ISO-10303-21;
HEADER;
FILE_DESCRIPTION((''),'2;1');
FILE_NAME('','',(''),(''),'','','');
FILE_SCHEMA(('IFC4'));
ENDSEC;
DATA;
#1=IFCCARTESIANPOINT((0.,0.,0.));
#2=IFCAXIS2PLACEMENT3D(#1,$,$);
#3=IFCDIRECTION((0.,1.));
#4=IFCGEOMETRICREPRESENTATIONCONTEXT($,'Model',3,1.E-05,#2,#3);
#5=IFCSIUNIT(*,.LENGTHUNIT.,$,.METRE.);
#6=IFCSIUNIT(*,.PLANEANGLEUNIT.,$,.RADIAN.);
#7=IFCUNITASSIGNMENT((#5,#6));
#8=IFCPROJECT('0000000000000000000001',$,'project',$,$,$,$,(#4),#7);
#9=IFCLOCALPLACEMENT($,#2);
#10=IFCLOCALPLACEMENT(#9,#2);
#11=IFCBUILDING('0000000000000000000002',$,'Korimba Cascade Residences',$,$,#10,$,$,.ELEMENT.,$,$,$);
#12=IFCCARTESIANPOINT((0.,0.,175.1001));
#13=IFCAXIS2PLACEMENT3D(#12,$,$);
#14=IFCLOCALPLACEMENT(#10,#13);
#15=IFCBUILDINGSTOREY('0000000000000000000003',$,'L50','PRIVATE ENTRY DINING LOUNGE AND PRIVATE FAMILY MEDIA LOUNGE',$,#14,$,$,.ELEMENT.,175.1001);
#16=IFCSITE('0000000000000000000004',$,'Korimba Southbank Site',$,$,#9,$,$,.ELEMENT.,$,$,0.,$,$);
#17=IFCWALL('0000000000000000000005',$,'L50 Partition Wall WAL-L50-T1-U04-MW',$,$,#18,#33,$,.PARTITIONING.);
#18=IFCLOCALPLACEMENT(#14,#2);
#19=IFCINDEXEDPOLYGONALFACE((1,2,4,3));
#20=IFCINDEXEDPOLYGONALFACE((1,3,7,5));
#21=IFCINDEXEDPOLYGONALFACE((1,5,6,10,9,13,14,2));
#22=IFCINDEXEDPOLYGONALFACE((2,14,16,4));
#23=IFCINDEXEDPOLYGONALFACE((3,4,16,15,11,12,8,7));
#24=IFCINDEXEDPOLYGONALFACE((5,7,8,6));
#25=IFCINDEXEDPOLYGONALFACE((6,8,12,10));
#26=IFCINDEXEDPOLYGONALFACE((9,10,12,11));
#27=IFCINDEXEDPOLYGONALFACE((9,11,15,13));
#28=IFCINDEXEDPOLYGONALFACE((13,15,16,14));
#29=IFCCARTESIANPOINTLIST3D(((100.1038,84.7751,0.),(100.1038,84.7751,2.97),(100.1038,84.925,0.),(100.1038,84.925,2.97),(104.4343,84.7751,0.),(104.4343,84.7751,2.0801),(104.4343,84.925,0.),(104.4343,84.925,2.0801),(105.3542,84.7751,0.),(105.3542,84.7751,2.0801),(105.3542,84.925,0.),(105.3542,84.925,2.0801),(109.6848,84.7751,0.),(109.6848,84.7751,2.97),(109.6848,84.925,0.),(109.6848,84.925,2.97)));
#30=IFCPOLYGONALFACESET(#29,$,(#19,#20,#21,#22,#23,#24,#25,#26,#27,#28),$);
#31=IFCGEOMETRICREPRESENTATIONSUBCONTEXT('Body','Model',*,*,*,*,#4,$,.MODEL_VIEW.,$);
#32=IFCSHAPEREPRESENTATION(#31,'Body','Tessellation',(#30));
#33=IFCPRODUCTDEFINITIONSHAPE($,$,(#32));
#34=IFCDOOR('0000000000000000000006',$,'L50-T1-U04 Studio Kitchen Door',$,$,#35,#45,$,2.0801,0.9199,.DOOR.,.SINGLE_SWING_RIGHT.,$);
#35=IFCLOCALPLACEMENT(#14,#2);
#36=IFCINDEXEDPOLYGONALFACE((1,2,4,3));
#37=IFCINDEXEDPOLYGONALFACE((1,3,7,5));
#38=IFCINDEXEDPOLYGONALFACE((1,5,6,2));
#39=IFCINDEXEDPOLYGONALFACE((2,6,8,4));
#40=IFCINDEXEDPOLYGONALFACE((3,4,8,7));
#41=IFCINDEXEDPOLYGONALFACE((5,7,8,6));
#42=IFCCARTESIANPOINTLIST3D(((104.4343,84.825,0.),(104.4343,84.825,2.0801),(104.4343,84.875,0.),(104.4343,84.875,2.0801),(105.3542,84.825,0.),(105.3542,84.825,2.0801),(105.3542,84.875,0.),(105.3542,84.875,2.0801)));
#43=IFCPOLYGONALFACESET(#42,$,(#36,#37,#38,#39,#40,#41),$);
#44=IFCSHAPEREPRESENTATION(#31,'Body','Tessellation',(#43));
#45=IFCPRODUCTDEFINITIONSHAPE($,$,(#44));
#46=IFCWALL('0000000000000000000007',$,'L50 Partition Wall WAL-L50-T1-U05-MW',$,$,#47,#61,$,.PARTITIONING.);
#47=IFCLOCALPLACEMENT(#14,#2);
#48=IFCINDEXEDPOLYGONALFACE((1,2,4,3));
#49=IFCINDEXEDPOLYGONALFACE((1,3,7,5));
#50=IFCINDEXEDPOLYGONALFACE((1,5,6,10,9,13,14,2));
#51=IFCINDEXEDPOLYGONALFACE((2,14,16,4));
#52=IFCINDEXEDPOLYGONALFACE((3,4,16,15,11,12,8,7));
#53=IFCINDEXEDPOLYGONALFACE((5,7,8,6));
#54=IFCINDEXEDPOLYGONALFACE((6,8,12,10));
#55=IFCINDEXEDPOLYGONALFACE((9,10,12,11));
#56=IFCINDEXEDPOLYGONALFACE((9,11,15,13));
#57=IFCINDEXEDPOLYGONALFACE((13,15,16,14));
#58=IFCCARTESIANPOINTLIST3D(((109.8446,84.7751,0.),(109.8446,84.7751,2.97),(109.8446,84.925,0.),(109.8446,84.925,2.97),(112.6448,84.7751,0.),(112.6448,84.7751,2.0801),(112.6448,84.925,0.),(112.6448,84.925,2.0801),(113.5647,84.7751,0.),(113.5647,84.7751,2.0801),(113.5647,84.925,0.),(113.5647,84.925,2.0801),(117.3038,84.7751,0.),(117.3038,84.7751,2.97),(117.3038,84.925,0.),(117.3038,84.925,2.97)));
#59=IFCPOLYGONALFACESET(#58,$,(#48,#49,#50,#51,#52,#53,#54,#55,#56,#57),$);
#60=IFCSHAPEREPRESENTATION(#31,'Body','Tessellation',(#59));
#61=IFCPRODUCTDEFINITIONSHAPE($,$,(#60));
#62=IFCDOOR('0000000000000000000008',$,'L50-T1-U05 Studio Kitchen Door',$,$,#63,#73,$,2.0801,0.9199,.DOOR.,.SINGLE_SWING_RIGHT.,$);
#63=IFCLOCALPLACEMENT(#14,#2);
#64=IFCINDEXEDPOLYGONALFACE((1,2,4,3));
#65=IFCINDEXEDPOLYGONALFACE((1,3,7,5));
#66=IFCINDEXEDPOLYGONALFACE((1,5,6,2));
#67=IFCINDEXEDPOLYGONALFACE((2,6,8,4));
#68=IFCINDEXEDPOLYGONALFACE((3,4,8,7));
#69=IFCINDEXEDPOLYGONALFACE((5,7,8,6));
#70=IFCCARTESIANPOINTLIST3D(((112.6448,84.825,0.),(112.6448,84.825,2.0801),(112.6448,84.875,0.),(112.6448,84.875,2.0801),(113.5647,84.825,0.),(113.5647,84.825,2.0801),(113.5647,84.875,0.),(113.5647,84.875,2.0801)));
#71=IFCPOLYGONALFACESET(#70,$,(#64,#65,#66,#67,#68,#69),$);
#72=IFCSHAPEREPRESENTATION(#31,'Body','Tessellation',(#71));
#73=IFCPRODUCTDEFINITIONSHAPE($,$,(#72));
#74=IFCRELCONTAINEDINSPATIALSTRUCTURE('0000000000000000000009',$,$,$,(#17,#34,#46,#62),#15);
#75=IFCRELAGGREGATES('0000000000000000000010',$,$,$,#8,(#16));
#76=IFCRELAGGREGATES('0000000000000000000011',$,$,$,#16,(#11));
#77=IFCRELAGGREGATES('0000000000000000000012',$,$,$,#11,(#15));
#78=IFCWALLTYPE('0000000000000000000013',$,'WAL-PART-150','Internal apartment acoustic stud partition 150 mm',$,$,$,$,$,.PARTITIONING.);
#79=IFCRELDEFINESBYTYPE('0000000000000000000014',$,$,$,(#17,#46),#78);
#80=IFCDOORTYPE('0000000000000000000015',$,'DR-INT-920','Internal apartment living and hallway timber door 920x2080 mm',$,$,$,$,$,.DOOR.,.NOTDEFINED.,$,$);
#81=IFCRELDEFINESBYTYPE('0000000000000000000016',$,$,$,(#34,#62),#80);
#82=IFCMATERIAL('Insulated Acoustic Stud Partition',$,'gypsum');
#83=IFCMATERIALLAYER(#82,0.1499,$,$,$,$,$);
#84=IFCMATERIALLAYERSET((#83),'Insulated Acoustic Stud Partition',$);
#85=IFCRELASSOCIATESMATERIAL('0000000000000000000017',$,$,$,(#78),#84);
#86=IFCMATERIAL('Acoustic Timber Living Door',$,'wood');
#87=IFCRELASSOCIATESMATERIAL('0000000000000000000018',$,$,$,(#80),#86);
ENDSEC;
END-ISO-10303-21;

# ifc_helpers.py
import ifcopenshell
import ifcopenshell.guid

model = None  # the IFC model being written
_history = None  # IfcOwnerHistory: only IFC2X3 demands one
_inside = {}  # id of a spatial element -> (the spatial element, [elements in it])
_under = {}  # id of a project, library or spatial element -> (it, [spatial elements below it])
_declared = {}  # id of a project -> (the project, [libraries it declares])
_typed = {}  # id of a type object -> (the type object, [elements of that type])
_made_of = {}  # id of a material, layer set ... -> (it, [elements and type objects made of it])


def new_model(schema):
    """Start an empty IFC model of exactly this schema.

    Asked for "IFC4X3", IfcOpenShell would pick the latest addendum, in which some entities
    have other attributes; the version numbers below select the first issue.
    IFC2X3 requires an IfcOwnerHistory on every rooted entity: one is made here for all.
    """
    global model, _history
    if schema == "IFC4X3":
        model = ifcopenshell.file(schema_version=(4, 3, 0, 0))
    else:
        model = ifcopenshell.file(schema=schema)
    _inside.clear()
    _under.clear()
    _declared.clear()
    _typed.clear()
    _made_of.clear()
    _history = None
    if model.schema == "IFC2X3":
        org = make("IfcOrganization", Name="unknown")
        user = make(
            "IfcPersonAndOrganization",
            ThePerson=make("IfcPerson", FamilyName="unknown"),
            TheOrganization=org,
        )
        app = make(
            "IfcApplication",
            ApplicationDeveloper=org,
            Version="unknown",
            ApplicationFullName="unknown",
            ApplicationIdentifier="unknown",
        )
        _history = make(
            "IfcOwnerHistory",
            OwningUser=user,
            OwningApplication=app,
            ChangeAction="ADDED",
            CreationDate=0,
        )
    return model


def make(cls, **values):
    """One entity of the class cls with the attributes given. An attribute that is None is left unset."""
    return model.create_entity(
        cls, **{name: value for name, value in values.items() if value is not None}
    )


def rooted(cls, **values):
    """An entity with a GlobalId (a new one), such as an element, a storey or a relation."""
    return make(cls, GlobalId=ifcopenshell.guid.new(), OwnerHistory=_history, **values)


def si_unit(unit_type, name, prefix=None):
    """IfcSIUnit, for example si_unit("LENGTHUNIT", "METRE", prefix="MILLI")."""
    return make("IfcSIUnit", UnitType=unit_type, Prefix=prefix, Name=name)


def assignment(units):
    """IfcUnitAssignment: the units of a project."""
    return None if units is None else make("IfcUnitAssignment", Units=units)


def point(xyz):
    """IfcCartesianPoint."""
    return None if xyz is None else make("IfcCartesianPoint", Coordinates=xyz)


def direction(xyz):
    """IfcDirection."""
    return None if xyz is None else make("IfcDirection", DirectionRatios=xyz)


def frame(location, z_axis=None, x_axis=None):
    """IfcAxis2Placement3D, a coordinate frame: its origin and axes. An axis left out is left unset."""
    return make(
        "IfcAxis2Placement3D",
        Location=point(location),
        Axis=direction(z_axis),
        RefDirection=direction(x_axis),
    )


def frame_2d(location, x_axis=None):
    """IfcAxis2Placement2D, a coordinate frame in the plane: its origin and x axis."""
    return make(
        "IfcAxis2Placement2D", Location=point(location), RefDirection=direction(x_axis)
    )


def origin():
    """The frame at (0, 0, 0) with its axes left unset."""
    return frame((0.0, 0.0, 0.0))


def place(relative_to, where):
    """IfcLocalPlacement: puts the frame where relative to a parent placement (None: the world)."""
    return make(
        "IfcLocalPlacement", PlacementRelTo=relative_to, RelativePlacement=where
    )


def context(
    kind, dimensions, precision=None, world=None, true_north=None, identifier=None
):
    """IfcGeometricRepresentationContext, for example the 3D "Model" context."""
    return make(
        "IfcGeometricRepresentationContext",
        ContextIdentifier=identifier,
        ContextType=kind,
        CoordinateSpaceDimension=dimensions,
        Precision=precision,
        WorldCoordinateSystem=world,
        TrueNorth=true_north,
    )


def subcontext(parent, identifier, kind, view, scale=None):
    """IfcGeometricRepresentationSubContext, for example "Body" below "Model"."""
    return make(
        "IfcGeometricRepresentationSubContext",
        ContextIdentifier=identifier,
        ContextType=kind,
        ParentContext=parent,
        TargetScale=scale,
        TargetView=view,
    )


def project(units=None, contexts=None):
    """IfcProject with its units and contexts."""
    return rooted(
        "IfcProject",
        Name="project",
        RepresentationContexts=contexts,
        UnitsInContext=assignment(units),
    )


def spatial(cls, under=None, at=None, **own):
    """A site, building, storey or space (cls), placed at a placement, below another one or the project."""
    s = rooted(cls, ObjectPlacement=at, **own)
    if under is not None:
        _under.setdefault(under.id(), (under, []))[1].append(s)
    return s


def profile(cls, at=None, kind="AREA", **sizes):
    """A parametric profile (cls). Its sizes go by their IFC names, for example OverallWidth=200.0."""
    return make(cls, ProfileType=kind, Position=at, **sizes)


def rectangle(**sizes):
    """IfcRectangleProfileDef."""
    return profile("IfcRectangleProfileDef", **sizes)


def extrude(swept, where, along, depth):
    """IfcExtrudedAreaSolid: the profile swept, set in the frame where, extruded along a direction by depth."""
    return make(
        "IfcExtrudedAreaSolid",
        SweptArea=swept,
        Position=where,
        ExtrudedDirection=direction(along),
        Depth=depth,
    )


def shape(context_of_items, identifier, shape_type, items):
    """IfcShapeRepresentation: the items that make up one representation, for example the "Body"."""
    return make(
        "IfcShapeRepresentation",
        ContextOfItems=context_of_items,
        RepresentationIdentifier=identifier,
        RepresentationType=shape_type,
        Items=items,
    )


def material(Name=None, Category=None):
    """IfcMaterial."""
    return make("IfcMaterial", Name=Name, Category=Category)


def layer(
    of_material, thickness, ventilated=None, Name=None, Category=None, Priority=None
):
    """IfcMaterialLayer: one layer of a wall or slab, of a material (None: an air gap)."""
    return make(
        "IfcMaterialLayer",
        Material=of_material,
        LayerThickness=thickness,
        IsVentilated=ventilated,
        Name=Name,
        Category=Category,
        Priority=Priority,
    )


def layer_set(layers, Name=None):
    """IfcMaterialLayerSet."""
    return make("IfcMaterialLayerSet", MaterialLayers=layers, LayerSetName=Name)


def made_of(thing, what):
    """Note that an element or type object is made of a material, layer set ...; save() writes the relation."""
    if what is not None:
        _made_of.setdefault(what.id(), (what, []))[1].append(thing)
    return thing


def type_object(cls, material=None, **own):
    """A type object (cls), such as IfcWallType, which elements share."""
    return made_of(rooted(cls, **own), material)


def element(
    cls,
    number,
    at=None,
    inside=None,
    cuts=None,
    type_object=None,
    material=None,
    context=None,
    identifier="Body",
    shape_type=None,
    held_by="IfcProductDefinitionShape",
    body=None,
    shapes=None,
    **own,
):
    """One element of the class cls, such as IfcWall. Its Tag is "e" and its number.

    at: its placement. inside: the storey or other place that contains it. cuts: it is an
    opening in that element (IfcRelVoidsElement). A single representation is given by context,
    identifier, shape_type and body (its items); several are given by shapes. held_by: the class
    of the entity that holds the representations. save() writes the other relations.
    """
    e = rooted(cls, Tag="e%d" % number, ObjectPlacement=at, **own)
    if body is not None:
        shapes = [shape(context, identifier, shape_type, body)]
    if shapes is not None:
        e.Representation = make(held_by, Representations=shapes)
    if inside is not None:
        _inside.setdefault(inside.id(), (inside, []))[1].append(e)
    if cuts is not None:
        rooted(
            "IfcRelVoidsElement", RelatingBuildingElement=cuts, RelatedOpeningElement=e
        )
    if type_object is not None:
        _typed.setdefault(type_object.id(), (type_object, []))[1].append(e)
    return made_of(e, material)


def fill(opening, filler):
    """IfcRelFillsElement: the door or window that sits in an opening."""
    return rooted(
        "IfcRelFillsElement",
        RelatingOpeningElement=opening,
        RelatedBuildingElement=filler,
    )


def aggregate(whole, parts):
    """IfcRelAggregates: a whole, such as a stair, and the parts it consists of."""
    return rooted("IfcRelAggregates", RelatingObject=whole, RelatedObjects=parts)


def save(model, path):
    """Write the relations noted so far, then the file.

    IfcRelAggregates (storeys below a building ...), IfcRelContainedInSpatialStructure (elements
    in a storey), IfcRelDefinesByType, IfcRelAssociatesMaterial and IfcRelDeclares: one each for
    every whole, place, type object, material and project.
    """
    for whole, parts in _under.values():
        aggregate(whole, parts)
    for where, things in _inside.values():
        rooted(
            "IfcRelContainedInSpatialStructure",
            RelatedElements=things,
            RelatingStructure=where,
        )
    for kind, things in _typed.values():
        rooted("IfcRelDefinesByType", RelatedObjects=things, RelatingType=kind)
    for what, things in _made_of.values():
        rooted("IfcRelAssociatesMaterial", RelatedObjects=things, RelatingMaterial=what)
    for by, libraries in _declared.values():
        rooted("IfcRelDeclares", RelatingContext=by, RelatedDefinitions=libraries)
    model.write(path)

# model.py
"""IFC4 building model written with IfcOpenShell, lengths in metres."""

from ifc_helpers import new_model, si_unit, direction, frame, frame_2d, origin, place, context, subcontext, project, spatial, rectangle, extrude, material, layer, layer_set, type_object, element, fill, save


model = new_model("IFC4")

# Units and contexts
model_context = context("Model", 3, precision=1e-05, world=origin(), true_north=direction((0.0, 1.0)))
body_context = subcontext(model_context, "Body", "Model", "MODEL_VIEW")
ifc_project = project(units=[si_unit("LENGTHUNIT", "METRE"), si_unit("PLANEANGLEUNIT", "RADIAN")], contexts=[model_context])

# Site, building, storey
site_placement = place(None, origin())
site = spatial("IfcSite", under=ifc_project, at=site_placement, Name="Korimba Southbank Site", CompositionType="ELEMENT", RefElevation=0.0)
building_placement = place(site_placement, origin())
building = spatial("IfcBuilding", under=site, at=building_placement, Name="Korimba Cascade Residences", CompositionType="ELEMENT")
storey_placement = place(building_placement, frame((0.0, 0.0, 175.1001)))
storey = spatial("IfcBuildingStorey", under=building, at=storey_placement, Name="L50", Description="PRIVATE ENTRY DINING LOUNGE AND PRIVATE FAMILY MEDIA LOUNGE", CompositionType="ELEMENT", Elevation=175.1001)

# Walls, openings, doors
ifc_material_1 = material(Name="Insulated Acoustic Stud Partition", Category="gypsum")
ifc_layer_1 = layer(ifc_material_1, 0.1499)
ifc_layer_set_1 = layer_set([ifc_layer_1], Name="Insulated Acoustic Stud Partition")
wall_type_1 = type_object("IfcWallType", Name="WAL-PART-150", Description="Internal apartment acoustic stud partition 150 mm", PredefinedType="PARTITIONING", material=ifc_layer_set_1)
wall_1_placement = place(storey_placement, frame((100.1038, 84.8501, 0.0), z_axis=(0.0, 0.0, 1.0), x_axis=(1.0, 0.0, 0.0)))
wall_1 = element("IfcWall", 1, at=wall_1_placement, inside=storey, type_object=wall_type_1, Name="L50 Partition Wall WAL-L50-T1-U04-MW", PredefinedType="PARTITIONING", context=body_context, shape_type="SweptSolid", body=[
    extrude(rectangle(XDim=9.5811, YDim=0.1499, at=frame_2d((4.7905, 0.0))), origin(), (0.0, 0.0, 1.0), 2.97),
])
opening_1_placement = place(wall_1_placement, frame((4.3306, 0.0, 0.0)))
opening_1 = element("IfcOpeningElement", 2, at=opening_1_placement, cuts=wall_1, PredefinedType="OPENING", context=body_context, shape_type="SweptSolid", body=[
    extrude(rectangle(XDim=0.9199, YDim=2.0801, at=frame_2d((0.46, 1.04))), frame((0.0, 0.085, 0.0), z_axis=(0.0, -1.0, 0.0), x_axis=(1.0, 0.0, 0.0)), (0.0, 0.0, 1.0), 0.1699),
])
ifc_material_2 = material(Name="Acoustic Timber Living Door", Category="wood")
door_type_1 = type_object("IfcDoorType", Name="DR-INT-920", Description="Internal apartment living and hallway timber door 920x2080 mm", OperationType="NOTDEFINED", PredefinedType="DOOR", material=ifc_material_2)
door_1_placement = place(opening_1_placement, origin())
door_1 = element("IfcDoor", 3, at=door_1_placement, inside=storey, type_object=door_type_1, Name="L50-T1-U04 Studio Kitchen Door", OperationType="SINGLE_SWING_RIGHT", OverallHeight=2.0801, OverallWidth=0.9199, PredefinedType="DOOR", context=body_context, shape_type="SweptSolid", body=[
    extrude(rectangle(XDim=0.9199, YDim=2.0801, at=frame_2d((0.46, 1.04))), frame((0.0, 0.0249, 0.0), z_axis=(0.0, -1.0, 0.0), x_axis=(1.0, 0.0, 0.0)), (0.0, 0.0, 1.0), 0.05),
])
fill(opening_1, door_1)
wall_2_placement = place(storey_placement, frame((109.8447, 84.8501, 0.0), z_axis=(0.0, 0.0, 1.0), x_axis=(1.0, 0.0, 0.0)))
wall_2 = element("IfcWall", 4, at=wall_2_placement, inside=storey, type_object=wall_type_1, Name="L50 Partition Wall WAL-L50-T1-U05-MW", PredefinedType="PARTITIONING", context=body_context, shape_type="SweptSolid", body=[
    extrude(rectangle(XDim=7.4592, YDim=0.1499, at=frame_2d((3.7295, 0.0))), origin(), (0.0, 0.0, 1.0), 2.97),
])
opening_2_placement = place(wall_2_placement, frame((2.8, 0.0, 0.0)))
opening_2 = element("IfcOpeningElement", 5, at=opening_2_placement, cuts=wall_2, PredefinedType="OPENING", context=body_context, shape_type="SweptSolid", body=[
    extrude(rectangle(XDim=0.9199, YDim=2.0801, at=frame_2d((0.46, 1.04))), frame((0.0, 0.085, 0.0), z_axis=(0.0, -1.0, 0.0), x_axis=(1.0, 0.0, 0.0)), (0.0, 0.0, 1.0), 0.1699),
])
door_2_placement = place(opening_2_placement, origin())
door_2 = element("IfcDoor", 6, at=door_2_placement, inside=storey, type_object=door_type_1, Name="L50-T1-U05 Studio Kitchen Door", OperationType="SINGLE_SWING_RIGHT", OverallHeight=2.0801, OverallWidth=0.9199, PredefinedType="DOOR", context=body_context, shape_type="SweptSolid", body=[
    extrude(rectangle(XDim=0.9199, YDim=2.0801, at=frame_2d((0.46, 1.04))), frame((0.0, 0.0249, 0.0), z_axis=(0.0, -1.0, 0.0), x_axis=(1.0, 0.0, 0.0)), (0.0, 0.0, 1.0), 0.05),
])
fill(opening_2, door_2)

save(model, "model.ifc")
